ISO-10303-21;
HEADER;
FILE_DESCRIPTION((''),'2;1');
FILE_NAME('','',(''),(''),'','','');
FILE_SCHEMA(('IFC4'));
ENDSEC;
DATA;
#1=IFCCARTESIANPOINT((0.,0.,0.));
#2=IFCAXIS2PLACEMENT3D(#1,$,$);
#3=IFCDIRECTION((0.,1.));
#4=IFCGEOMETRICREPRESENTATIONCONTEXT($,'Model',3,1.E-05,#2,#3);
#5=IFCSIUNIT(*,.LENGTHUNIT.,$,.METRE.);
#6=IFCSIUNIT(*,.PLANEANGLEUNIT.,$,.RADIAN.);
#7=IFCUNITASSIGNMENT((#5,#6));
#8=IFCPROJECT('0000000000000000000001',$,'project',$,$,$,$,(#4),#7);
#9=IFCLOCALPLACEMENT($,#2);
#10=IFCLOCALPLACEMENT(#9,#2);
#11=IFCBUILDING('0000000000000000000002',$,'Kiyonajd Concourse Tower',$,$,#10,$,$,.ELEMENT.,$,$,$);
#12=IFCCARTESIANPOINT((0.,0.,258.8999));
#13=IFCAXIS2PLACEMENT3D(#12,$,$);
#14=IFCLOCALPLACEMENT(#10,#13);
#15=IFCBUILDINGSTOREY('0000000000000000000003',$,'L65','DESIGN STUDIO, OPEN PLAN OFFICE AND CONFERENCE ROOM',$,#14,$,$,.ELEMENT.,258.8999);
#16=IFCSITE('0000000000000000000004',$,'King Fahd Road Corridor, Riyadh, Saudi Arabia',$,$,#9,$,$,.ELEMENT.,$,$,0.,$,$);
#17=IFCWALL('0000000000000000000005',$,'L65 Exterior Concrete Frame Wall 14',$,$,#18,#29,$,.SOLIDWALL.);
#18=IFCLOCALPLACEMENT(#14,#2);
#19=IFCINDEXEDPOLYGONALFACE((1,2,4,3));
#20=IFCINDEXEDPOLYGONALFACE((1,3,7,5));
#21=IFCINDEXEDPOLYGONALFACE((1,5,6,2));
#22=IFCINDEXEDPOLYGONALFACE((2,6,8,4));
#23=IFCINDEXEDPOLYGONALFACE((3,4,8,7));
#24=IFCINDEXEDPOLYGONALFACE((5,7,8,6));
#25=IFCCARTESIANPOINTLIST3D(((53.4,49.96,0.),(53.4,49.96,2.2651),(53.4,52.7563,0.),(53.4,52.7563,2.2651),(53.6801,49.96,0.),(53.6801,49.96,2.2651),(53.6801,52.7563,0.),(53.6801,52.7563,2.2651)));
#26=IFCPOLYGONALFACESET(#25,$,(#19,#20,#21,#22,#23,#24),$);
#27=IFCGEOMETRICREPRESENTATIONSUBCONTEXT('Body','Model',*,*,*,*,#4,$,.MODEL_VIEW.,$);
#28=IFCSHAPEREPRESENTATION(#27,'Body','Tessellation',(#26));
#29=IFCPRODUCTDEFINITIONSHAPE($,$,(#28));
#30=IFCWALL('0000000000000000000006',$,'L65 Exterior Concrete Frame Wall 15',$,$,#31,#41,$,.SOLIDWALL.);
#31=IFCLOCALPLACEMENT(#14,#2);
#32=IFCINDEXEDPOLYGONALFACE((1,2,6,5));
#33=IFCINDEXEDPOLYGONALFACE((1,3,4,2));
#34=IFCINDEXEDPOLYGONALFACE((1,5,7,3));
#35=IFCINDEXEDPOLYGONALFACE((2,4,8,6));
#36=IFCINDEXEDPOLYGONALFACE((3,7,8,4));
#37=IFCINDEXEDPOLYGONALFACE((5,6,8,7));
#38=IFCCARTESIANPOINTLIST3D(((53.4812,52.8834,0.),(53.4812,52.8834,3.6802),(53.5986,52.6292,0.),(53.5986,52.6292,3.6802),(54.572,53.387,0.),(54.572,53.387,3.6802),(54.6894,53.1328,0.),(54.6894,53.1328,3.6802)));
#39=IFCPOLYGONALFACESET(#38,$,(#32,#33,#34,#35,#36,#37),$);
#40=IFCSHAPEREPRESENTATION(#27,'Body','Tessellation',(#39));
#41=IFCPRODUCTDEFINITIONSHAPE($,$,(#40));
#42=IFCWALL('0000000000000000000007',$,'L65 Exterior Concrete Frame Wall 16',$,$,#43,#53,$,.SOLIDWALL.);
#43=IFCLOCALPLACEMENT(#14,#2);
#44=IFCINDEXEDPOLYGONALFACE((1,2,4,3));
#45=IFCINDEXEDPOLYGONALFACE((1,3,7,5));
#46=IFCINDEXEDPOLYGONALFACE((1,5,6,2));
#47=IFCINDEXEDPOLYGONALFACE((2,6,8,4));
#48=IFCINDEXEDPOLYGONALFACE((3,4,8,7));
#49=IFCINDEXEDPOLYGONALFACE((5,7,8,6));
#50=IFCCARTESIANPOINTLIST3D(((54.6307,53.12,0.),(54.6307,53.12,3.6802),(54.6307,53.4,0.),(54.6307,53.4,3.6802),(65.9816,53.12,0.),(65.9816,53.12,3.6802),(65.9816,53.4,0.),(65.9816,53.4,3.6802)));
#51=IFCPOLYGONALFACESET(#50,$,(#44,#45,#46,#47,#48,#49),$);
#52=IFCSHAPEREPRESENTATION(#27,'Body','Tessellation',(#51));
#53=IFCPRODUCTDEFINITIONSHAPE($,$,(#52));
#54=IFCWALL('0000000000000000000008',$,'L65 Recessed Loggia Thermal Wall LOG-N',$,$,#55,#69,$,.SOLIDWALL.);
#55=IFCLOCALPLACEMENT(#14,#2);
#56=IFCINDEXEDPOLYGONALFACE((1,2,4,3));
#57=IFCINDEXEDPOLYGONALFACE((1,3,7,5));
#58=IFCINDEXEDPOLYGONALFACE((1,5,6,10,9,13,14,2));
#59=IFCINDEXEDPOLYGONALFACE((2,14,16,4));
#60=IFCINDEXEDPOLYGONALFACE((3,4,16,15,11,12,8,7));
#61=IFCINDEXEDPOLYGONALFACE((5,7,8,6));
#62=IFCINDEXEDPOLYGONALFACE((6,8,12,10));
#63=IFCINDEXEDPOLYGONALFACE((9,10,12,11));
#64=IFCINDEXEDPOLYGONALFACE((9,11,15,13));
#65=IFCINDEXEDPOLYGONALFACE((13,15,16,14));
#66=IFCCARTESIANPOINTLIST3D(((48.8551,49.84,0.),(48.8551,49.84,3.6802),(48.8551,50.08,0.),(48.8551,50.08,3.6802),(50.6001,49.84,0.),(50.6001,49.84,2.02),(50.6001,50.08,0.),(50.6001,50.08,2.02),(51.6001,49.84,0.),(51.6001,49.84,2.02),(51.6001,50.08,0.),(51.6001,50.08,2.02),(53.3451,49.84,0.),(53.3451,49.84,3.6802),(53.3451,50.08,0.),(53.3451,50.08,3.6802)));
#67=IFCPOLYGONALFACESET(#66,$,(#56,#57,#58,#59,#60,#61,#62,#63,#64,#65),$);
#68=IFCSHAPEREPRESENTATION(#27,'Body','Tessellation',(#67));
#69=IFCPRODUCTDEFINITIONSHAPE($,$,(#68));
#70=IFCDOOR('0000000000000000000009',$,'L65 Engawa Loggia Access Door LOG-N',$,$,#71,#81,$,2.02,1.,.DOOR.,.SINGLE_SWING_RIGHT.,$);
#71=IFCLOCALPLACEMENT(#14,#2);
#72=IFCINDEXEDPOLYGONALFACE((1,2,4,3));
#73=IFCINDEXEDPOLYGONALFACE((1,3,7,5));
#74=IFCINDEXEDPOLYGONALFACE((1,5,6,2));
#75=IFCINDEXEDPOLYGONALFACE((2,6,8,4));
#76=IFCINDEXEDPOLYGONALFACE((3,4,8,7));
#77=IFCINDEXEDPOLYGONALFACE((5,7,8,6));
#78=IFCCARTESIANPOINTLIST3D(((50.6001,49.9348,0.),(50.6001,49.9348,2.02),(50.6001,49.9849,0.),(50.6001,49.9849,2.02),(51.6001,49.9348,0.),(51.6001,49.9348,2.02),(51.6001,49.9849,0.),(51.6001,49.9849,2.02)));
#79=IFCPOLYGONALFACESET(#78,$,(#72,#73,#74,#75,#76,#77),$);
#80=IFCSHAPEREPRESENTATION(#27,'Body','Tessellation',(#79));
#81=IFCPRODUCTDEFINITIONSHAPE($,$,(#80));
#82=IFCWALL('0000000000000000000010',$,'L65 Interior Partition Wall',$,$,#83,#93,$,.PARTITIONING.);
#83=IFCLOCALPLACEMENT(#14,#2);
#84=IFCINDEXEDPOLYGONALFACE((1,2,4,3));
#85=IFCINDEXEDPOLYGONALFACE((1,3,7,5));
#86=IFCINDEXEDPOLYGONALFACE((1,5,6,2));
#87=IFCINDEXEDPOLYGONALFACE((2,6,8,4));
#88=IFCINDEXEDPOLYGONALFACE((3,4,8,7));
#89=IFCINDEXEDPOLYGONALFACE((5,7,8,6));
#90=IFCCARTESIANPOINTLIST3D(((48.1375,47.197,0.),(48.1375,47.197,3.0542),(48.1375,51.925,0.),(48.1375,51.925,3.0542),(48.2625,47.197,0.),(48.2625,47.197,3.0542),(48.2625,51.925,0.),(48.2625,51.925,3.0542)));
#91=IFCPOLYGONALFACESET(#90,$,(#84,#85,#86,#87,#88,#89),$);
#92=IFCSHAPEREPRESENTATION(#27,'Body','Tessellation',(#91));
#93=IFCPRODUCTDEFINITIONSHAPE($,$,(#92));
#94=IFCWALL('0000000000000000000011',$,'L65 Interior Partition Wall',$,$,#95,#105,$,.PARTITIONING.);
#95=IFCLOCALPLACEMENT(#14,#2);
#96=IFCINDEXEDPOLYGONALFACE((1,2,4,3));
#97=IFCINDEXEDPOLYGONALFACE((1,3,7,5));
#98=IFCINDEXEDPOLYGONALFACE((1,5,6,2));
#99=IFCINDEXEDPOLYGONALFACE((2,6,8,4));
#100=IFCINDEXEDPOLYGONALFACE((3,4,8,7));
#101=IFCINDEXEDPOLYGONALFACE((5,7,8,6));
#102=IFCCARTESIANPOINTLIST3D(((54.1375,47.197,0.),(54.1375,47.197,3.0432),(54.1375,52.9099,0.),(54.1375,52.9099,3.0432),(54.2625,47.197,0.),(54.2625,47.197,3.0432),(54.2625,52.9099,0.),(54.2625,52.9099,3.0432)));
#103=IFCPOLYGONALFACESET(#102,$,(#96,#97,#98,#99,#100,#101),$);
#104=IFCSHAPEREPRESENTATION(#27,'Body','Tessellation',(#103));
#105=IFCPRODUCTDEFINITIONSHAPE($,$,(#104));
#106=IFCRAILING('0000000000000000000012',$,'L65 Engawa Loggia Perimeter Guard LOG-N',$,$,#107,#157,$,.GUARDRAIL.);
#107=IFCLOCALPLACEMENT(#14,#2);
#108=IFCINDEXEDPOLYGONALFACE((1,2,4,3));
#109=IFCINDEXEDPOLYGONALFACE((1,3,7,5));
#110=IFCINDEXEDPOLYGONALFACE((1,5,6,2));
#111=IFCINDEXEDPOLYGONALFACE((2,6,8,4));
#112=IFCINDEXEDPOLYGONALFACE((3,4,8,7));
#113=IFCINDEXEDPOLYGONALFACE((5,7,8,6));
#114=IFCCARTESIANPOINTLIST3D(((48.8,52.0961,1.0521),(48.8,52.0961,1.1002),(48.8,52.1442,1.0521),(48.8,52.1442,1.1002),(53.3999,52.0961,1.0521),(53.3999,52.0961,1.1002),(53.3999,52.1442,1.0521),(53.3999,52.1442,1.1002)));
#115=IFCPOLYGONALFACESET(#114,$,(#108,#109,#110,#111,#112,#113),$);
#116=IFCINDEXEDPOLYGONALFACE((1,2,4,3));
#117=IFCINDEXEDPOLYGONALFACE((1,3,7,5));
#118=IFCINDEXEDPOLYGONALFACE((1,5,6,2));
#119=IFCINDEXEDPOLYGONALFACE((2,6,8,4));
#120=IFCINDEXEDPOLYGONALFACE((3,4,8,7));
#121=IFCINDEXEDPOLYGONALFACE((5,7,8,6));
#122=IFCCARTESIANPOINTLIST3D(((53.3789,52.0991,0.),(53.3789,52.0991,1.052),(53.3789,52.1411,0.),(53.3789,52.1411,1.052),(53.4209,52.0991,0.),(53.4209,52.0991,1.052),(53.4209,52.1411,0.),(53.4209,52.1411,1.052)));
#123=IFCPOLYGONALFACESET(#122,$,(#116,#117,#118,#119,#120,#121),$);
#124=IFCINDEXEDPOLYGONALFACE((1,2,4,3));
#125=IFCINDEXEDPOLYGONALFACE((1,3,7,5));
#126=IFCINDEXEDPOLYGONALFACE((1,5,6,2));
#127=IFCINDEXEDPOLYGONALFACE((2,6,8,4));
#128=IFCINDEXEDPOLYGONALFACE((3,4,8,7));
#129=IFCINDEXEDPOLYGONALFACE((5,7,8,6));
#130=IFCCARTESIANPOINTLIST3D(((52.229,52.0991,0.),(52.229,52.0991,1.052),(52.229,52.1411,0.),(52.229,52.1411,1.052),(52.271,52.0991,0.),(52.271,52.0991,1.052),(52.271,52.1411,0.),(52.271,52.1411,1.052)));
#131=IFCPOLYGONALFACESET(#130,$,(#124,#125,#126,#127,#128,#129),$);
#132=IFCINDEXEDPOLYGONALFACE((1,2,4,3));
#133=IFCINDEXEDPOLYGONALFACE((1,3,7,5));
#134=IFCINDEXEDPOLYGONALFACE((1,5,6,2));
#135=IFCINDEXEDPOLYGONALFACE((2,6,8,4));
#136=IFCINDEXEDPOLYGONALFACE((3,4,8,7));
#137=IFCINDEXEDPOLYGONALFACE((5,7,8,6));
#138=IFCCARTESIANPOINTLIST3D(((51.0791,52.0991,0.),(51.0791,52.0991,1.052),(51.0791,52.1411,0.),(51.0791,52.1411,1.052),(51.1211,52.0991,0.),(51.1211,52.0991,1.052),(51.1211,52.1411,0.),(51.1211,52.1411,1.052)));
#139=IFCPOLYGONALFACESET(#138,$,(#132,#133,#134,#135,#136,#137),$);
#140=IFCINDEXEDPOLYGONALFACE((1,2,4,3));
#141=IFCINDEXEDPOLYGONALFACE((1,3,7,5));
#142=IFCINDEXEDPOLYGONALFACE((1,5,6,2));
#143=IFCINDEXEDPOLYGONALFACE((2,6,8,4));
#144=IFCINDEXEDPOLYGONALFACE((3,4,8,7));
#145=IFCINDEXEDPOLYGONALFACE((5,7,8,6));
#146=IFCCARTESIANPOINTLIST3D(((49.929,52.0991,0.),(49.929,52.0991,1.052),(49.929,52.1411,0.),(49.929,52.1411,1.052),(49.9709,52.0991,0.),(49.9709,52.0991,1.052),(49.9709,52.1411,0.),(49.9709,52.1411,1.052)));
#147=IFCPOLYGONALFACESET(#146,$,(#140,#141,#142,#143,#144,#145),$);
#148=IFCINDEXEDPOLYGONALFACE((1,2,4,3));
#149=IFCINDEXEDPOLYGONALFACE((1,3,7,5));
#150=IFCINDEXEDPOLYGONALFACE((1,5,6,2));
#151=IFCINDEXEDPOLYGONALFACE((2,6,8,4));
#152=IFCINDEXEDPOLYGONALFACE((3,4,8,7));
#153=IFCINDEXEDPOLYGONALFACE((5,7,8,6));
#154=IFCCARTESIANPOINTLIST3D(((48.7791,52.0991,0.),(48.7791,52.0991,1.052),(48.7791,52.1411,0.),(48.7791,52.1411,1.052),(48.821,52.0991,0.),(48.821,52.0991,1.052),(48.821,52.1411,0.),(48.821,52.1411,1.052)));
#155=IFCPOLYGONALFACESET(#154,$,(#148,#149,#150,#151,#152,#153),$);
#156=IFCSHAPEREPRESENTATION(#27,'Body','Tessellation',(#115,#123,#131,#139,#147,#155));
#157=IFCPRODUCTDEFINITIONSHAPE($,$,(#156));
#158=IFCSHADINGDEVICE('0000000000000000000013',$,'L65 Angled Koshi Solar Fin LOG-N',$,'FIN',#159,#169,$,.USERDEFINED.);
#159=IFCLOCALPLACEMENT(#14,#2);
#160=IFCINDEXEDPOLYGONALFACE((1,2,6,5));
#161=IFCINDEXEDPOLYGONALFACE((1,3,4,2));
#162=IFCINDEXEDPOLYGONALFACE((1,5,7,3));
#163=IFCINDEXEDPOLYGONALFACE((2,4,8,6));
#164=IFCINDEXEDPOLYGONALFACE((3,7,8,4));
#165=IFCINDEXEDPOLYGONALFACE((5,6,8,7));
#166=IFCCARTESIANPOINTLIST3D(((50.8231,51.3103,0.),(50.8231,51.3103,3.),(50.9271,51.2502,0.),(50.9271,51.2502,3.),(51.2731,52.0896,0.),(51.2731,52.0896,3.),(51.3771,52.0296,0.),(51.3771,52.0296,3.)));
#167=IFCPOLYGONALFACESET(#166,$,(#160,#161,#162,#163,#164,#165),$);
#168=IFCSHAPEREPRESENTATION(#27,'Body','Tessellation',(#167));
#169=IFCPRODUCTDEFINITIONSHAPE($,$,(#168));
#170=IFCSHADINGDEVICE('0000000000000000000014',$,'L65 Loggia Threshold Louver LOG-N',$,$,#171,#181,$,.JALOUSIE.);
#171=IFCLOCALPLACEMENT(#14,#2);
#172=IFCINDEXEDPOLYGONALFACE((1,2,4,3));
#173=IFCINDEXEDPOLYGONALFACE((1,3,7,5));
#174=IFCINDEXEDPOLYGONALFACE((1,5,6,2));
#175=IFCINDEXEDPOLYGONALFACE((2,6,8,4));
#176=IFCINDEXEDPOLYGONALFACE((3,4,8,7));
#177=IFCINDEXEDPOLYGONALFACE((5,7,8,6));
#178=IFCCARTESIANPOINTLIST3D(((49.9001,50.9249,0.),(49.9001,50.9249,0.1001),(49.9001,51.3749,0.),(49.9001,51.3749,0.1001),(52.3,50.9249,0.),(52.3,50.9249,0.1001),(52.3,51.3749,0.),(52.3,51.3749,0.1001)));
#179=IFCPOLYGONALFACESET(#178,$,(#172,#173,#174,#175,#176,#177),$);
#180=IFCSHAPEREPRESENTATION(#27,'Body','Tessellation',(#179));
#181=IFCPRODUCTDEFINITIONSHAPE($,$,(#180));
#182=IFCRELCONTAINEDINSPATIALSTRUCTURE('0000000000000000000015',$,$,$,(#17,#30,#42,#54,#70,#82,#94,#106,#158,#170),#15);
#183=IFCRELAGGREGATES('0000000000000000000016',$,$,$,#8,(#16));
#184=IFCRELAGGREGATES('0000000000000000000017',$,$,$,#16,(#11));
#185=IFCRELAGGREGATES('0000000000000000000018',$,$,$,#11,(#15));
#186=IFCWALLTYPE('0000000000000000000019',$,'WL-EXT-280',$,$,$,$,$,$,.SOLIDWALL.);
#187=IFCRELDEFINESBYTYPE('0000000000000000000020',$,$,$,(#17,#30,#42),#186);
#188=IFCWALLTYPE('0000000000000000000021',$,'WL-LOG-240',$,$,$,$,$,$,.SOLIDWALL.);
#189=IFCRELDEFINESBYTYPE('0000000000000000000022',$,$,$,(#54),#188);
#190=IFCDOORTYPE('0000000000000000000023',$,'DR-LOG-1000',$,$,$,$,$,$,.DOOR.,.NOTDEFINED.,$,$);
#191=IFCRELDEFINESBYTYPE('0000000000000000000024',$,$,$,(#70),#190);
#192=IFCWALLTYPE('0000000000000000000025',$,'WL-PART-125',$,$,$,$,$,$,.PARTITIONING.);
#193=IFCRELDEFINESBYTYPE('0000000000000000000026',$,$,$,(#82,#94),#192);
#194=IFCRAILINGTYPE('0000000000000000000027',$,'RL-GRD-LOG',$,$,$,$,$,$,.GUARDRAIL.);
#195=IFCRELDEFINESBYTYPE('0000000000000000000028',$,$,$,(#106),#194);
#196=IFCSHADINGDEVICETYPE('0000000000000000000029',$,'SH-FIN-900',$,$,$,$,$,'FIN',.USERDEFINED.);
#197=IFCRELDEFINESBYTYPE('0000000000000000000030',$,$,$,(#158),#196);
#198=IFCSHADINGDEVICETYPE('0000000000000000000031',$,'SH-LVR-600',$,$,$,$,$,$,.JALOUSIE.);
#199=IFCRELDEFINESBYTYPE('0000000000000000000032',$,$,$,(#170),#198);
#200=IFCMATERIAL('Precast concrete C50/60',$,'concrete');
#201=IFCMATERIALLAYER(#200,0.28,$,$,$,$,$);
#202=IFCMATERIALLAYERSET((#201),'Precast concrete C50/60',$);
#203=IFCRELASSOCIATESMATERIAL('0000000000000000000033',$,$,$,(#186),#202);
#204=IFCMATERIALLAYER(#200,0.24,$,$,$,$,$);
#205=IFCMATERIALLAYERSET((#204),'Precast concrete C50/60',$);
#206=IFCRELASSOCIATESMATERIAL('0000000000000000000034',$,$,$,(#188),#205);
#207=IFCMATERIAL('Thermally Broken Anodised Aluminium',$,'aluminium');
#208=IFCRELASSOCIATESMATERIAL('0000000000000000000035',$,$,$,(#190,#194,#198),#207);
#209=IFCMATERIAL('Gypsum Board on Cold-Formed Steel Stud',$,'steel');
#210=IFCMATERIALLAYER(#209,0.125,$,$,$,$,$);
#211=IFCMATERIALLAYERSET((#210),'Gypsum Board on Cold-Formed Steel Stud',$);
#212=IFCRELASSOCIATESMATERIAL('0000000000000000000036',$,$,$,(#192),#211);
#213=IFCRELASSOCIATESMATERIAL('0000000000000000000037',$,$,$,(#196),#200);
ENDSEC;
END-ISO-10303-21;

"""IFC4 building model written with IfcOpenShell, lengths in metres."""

from ifc_helpers import new_model, si_unit, direction, frame, frame_2d, origin, origin_2d, place, context, subcontext, project, spatial, rectangle, extrude, material, layer, layer_set, type_object, element, fill, save


model = new_model("IFC4")

# Units and contexts
model_context = context("Model", 3, precision=1e-05, world=origin(), true_north=direction((0.0, 1.0)))
body_context = subcontext(model_context, "Body", "Model", "MODEL_VIEW")
ifc_project = project(units=[si_unit("LENGTHUNIT", "METRE"), si_unit("PLANEANGLEUNIT", "RADIAN")], contexts=[model_context])

# Site, building, storey
site_placement = place(None, origin())
site = spatial("IfcSite", under=ifc_project, at=site_placement, Name="King Fahd Road Corridor, Riyadh, Saudi Arabia", CompositionType="ELEMENT", RefElevation=0.0)
building_placement = place(site_placement, origin())
building = spatial("IfcBuilding", under=site, at=building_placement, Name="Kiyonajd Concourse Tower", CompositionType="ELEMENT")
storey_placement = place(building_placement, frame((0.0, 0.0, 258.8999)))
storey = spatial("IfcBuildingStorey", under=building, at=storey_placement, Name="L65", Description="DESIGN STUDIO, OPEN PLAN OFFICE AND CONFERENCE ROOM", CompositionType="ELEMENT", Elevation=258.8999)

# Shared definitions
ifc_material_1 = material(Name="Thermally Broken Anodised Aluminium", Category="aluminium")

# Walls
ifc_material_2 = material(Name="Precast concrete C50/60", Category="concrete")
ifc_layer_1 = layer(ifc_material_2, 0.28)
ifc_layer_set_1 = layer_set([ifc_layer_1], Name="Precast concrete C50/60")
wall_type_1 = type_object("IfcWallType", Name="WL-EXT-280", PredefinedType="SOLIDWALL", material=ifc_layer_set_1)
wall_1_placement = place(storey_placement, frame((53.54, 49.96, 0.0), z_axis=(0.0, 0.0, 1.0), x_axis=(0.0, 1.0, 0.0)))
element("IfcWall", 1, at=wall_1_placement, inside=storey, type_object=wall_type_1, Name="L65 Exterior Concrete Frame Wall 14", PredefinedType="SOLIDWALL", context=body_context, shape_type="SweptSolid", body=[
    extrude(rectangle(XDim=2.7964, YDim=0.28, at=frame_2d((1.3982, 0.0))), origin(), (0.0, 0.0, 1.0), 2.2651),
])
wall_2_placement = place(storey_placement, frame((53.54, 52.7563, 0.0), z_axis=(0.0, 0.0, 1.0), x_axis=(0.907894, 0.4192, 0.0)))
element("IfcWall", 2, at=wall_2_placement, inside=storey, type_object=wall_type_1, Name="L65 Exterior Concrete Frame Wall 15", PredefinedType="SOLIDWALL", context=body_context, shape_type="SweptSolid", body=[
    extrude(rectangle(XDim=1.2014, YDim=0.28, at=frame_2d((0.6006, 0.0))), origin(), (0.0, 0.0, 1.0), 3.6802),
])
wall_3_placement = place(storey_placement, frame((54.6309, 53.26, 0.0), z_axis=(0.0, 0.0, 1.0), x_axis=(1.0, 0.0, 0.0)))
element("IfcWall", 3, at=wall_3_placement, inside=storey, type_object=wall_type_1, Name="L65 Exterior Concrete Frame Wall 16", PredefinedType="SOLIDWALL", context=body_context, shape_type="SweptSolid", body=[
    extrude(rectangle(XDim=11.3508, YDim=0.28, at=frame_2d((5.6753, 0.0))), origin(), (0.0, 0.0, 1.0), 3.6802),
])

# Wall, opening, door
ifc_layer_2 = layer(ifc_material_2, 0.24)
ifc_layer_set_2 = layer_set([ifc_layer_2], Name="Precast concrete C50/60")
wall_type_2 = type_object("IfcWallType", Name="WL-LOG-240", PredefinedType="SOLIDWALL", material=ifc_layer_set_2)
wall_4_placement = place(storey_placement, frame((48.855, 49.96, 0.0), z_axis=(0.0, 0.0, 1.0), x_axis=(1.0, 0.0, 0.0)))
wall_4 = element("IfcWall", 4, at=wall_4_placement, inside=storey, type_object=wall_type_2, Name="L65 Recessed Loggia Thermal Wall LOG-N", PredefinedType="SOLIDWALL", context=body_context, shape_type="SweptSolid", body=[
    extrude(rectangle(XDim=4.49, YDim=0.24, at=frame_2d((2.2451, 0.0))), origin(), (0.0, 0.0, 1.0), 3.6802),
])
opening_placement = place(wall_4_placement, frame((1.7451, 0.0, 0.0)))
opening = element("IfcOpeningElement", 5, at=opening_placement, cuts=wall_4, PredefinedType="OPENING", context=body_context, shape_type="SweptSolid", body=[
    extrude(rectangle(XDim=1.0, YDim=2.02, at=frame_2d((0.5, 1.01))), frame((0.0, 0.1299, 0.0), z_axis=(0.0, -1.0, 0.0), x_axis=(1.0, 0.0, 0.0)), (0.0, 0.0, 1.0), 0.26),
])
door_type = type_object("IfcDoorType", Name="DR-LOG-1000", OperationType="NOTDEFINED", PredefinedType="DOOR", material=ifc_material_1)
door_placement = place(opening_placement, origin())
door = element("IfcDoor", 6, at=door_placement, inside=storey, type_object=door_type, Name="L65 Engawa Loggia Access Door LOG-N", OperationType="SINGLE_SWING_RIGHT", OverallHeight=2.02, OverallWidth=1.0, PredefinedType="DOOR", context=body_context, shape_type="SweptSolid", body=[
    extrude(rectangle(XDim=1.0, YDim=2.02, at=frame_2d((0.5, 1.01))), frame((0.0, 0.0249, 0.0), z_axis=(0.0, -1.0, 0.0), x_axis=(1.0, 0.0, 0.0)), (0.0, 0.0, 1.0), 0.05),
])
fill(opening, door)

# Walls
ifc_material_3 = material(Name="Gypsum Board on Cold-Formed Steel Stud", Category="steel")
ifc_layer_3 = layer(ifc_material_3, 0.125)
ifc_layer_set_3 = layer_set([ifc_layer_3], Name="Gypsum Board on Cold-Formed Steel Stud")
wall_type_3 = type_object("IfcWallType", Name="WL-PART-125", PredefinedType="PARTITIONING", material=ifc_layer_set_3)
wall_5_placement = place(storey_placement, frame((48.2, 47.197, 0.0), z_axis=(0.0, 0.0, 1.0), x_axis=(0.0, 1.0, 0.0)))
element("IfcWall", 7, at=wall_5_placement, inside=storey, type_object=wall_type_3, Name="L65 Interior Partition Wall", PredefinedType="PARTITIONING", context=body_context, shape_type="SweptSolid", body=[
    extrude(rectangle(XDim=4.728, YDim=0.125, at=frame_2d((2.364, 0.0))), origin(), (0.0, 0.0, 1.0), 3.0542),
])
wall_6_placement = place(storey_placement, frame((54.2, 47.197, 0.0), z_axis=(0.0, 0.0, 1.0), x_axis=(0.0, 1.0, 0.0)))
element("IfcWall", 8, at=wall_6_placement, inside=storey, type_object=wall_type_3, Name="L65 Interior Partition Wall", PredefinedType="PARTITIONING", context=body_context, shape_type="SweptSolid", body=[
    extrude(rectangle(XDim=5.7129, YDim=0.125, at=frame_2d((2.8564, 0.0))), origin(), (0.0, 0.0, 1.0), 3.0432),
])

# Railing
railing_type = type_object("IfcRailingType", Name="RL-GRD-LOG", PredefinedType="GUARDRAIL", material=ifc_material_1)
railing_placement = place(storey_placement, frame((53.3999, 52.1201, 0.0)))
element("IfcRailing", 9, at=railing_placement, inside=storey, type_object=railing_type, Name="L65 Engawa Loggia Perimeter Guard LOG-N", PredefinedType="GUARDRAIL", context=body_context, shape_type="SweptSolid", body=[
    extrude(rectangle(XDim=0.0481, YDim=0.0481, at=origin_2d()), frame((0.0, 0.0, 1.0762), z_axis=(-1.0, 0.0, 0.0), x_axis=(0.0, -1.0, 0.0)), (0.0, 0.0, 1.0), 4.5999),
    extrude(rectangle(XDim=0.042, YDim=0.042, at=origin_2d()), origin(), (0.0, 0.0, 1.0), 1.052),
    extrude(rectangle(XDim=0.042, YDim=0.042, at=origin_2d()), frame((-1.1499, 0.0, 0.0)), (0.0, 0.0, 1.0), 1.052),
    extrude(rectangle(XDim=0.042, YDim=0.042, at=origin_2d()), frame((-2.2998, 0.0, 0.0)), (0.0, 0.0, 1.0), 1.052),
    extrude(rectangle(XDim=0.042, YDim=0.042, at=origin_2d()), frame((-3.45, 0.0, 0.0)), (0.0, 0.0, 1.0), 1.052),
    extrude(rectangle(XDim=0.042, YDim=0.042, at=origin_2d()), frame((-4.5999, 0.0, 0.0)), (0.0, 0.0, 1.0), 1.052),
])

# Shading devices
shading_device_type_1 = type_object("IfcShadingDeviceType", Name="SH-FIN-900", ElementType="FIN", PredefinedType="USERDEFINED", material=ifc_material_2)
shading_device_1_placement = place(storey_placement, frame((51.1001, 51.6699, 0.0), z_axis=(0.0, 0.0, 1.0), x_axis=(0.5, 0.866025, 0.0)))
element("IfcShadingDevice", 10, at=shading_device_1_placement, inside=storey, type_object=shading_device_type_1, Name="L65 Angled Koshi Solar Fin LOG-N", ObjectType="FIN", PredefinedType="USERDEFINED", context=body_context, shape_type="SweptSolid", body=[
    extrude(rectangle(XDim=0.8999, YDim=0.1201, at=origin_2d()), origin(), (0.0, 0.0, 1.0), 3.0),
])
shading_device_type_2 = type_object("IfcShadingDeviceType", Name="SH-LVR-600", PredefinedType="JALOUSIE", material=ifc_material_1)
shading_device_2_placement = place(storey_placement, frame((51.1001, 51.1499, 0.0), z_axis=(0.0, 0.0, 1.0), x_axis=(1.0, 0.0, 0.0)))
element("IfcShadingDevice", 11, at=shading_device_2_placement, inside=storey, type_object=shading_device_type_2, Name="L65 Loggia Threshold Louver LOG-N", PredefinedType="JALOUSIE", context=body_context, shape_type="SweptSolid", body=[
    extrude(rectangle(XDim=2.3999, YDim=0.45, at=origin_2d()), origin(), (0.0, 0.0, 1.0), 0.1001),
])

save(model, "model.ifc")
